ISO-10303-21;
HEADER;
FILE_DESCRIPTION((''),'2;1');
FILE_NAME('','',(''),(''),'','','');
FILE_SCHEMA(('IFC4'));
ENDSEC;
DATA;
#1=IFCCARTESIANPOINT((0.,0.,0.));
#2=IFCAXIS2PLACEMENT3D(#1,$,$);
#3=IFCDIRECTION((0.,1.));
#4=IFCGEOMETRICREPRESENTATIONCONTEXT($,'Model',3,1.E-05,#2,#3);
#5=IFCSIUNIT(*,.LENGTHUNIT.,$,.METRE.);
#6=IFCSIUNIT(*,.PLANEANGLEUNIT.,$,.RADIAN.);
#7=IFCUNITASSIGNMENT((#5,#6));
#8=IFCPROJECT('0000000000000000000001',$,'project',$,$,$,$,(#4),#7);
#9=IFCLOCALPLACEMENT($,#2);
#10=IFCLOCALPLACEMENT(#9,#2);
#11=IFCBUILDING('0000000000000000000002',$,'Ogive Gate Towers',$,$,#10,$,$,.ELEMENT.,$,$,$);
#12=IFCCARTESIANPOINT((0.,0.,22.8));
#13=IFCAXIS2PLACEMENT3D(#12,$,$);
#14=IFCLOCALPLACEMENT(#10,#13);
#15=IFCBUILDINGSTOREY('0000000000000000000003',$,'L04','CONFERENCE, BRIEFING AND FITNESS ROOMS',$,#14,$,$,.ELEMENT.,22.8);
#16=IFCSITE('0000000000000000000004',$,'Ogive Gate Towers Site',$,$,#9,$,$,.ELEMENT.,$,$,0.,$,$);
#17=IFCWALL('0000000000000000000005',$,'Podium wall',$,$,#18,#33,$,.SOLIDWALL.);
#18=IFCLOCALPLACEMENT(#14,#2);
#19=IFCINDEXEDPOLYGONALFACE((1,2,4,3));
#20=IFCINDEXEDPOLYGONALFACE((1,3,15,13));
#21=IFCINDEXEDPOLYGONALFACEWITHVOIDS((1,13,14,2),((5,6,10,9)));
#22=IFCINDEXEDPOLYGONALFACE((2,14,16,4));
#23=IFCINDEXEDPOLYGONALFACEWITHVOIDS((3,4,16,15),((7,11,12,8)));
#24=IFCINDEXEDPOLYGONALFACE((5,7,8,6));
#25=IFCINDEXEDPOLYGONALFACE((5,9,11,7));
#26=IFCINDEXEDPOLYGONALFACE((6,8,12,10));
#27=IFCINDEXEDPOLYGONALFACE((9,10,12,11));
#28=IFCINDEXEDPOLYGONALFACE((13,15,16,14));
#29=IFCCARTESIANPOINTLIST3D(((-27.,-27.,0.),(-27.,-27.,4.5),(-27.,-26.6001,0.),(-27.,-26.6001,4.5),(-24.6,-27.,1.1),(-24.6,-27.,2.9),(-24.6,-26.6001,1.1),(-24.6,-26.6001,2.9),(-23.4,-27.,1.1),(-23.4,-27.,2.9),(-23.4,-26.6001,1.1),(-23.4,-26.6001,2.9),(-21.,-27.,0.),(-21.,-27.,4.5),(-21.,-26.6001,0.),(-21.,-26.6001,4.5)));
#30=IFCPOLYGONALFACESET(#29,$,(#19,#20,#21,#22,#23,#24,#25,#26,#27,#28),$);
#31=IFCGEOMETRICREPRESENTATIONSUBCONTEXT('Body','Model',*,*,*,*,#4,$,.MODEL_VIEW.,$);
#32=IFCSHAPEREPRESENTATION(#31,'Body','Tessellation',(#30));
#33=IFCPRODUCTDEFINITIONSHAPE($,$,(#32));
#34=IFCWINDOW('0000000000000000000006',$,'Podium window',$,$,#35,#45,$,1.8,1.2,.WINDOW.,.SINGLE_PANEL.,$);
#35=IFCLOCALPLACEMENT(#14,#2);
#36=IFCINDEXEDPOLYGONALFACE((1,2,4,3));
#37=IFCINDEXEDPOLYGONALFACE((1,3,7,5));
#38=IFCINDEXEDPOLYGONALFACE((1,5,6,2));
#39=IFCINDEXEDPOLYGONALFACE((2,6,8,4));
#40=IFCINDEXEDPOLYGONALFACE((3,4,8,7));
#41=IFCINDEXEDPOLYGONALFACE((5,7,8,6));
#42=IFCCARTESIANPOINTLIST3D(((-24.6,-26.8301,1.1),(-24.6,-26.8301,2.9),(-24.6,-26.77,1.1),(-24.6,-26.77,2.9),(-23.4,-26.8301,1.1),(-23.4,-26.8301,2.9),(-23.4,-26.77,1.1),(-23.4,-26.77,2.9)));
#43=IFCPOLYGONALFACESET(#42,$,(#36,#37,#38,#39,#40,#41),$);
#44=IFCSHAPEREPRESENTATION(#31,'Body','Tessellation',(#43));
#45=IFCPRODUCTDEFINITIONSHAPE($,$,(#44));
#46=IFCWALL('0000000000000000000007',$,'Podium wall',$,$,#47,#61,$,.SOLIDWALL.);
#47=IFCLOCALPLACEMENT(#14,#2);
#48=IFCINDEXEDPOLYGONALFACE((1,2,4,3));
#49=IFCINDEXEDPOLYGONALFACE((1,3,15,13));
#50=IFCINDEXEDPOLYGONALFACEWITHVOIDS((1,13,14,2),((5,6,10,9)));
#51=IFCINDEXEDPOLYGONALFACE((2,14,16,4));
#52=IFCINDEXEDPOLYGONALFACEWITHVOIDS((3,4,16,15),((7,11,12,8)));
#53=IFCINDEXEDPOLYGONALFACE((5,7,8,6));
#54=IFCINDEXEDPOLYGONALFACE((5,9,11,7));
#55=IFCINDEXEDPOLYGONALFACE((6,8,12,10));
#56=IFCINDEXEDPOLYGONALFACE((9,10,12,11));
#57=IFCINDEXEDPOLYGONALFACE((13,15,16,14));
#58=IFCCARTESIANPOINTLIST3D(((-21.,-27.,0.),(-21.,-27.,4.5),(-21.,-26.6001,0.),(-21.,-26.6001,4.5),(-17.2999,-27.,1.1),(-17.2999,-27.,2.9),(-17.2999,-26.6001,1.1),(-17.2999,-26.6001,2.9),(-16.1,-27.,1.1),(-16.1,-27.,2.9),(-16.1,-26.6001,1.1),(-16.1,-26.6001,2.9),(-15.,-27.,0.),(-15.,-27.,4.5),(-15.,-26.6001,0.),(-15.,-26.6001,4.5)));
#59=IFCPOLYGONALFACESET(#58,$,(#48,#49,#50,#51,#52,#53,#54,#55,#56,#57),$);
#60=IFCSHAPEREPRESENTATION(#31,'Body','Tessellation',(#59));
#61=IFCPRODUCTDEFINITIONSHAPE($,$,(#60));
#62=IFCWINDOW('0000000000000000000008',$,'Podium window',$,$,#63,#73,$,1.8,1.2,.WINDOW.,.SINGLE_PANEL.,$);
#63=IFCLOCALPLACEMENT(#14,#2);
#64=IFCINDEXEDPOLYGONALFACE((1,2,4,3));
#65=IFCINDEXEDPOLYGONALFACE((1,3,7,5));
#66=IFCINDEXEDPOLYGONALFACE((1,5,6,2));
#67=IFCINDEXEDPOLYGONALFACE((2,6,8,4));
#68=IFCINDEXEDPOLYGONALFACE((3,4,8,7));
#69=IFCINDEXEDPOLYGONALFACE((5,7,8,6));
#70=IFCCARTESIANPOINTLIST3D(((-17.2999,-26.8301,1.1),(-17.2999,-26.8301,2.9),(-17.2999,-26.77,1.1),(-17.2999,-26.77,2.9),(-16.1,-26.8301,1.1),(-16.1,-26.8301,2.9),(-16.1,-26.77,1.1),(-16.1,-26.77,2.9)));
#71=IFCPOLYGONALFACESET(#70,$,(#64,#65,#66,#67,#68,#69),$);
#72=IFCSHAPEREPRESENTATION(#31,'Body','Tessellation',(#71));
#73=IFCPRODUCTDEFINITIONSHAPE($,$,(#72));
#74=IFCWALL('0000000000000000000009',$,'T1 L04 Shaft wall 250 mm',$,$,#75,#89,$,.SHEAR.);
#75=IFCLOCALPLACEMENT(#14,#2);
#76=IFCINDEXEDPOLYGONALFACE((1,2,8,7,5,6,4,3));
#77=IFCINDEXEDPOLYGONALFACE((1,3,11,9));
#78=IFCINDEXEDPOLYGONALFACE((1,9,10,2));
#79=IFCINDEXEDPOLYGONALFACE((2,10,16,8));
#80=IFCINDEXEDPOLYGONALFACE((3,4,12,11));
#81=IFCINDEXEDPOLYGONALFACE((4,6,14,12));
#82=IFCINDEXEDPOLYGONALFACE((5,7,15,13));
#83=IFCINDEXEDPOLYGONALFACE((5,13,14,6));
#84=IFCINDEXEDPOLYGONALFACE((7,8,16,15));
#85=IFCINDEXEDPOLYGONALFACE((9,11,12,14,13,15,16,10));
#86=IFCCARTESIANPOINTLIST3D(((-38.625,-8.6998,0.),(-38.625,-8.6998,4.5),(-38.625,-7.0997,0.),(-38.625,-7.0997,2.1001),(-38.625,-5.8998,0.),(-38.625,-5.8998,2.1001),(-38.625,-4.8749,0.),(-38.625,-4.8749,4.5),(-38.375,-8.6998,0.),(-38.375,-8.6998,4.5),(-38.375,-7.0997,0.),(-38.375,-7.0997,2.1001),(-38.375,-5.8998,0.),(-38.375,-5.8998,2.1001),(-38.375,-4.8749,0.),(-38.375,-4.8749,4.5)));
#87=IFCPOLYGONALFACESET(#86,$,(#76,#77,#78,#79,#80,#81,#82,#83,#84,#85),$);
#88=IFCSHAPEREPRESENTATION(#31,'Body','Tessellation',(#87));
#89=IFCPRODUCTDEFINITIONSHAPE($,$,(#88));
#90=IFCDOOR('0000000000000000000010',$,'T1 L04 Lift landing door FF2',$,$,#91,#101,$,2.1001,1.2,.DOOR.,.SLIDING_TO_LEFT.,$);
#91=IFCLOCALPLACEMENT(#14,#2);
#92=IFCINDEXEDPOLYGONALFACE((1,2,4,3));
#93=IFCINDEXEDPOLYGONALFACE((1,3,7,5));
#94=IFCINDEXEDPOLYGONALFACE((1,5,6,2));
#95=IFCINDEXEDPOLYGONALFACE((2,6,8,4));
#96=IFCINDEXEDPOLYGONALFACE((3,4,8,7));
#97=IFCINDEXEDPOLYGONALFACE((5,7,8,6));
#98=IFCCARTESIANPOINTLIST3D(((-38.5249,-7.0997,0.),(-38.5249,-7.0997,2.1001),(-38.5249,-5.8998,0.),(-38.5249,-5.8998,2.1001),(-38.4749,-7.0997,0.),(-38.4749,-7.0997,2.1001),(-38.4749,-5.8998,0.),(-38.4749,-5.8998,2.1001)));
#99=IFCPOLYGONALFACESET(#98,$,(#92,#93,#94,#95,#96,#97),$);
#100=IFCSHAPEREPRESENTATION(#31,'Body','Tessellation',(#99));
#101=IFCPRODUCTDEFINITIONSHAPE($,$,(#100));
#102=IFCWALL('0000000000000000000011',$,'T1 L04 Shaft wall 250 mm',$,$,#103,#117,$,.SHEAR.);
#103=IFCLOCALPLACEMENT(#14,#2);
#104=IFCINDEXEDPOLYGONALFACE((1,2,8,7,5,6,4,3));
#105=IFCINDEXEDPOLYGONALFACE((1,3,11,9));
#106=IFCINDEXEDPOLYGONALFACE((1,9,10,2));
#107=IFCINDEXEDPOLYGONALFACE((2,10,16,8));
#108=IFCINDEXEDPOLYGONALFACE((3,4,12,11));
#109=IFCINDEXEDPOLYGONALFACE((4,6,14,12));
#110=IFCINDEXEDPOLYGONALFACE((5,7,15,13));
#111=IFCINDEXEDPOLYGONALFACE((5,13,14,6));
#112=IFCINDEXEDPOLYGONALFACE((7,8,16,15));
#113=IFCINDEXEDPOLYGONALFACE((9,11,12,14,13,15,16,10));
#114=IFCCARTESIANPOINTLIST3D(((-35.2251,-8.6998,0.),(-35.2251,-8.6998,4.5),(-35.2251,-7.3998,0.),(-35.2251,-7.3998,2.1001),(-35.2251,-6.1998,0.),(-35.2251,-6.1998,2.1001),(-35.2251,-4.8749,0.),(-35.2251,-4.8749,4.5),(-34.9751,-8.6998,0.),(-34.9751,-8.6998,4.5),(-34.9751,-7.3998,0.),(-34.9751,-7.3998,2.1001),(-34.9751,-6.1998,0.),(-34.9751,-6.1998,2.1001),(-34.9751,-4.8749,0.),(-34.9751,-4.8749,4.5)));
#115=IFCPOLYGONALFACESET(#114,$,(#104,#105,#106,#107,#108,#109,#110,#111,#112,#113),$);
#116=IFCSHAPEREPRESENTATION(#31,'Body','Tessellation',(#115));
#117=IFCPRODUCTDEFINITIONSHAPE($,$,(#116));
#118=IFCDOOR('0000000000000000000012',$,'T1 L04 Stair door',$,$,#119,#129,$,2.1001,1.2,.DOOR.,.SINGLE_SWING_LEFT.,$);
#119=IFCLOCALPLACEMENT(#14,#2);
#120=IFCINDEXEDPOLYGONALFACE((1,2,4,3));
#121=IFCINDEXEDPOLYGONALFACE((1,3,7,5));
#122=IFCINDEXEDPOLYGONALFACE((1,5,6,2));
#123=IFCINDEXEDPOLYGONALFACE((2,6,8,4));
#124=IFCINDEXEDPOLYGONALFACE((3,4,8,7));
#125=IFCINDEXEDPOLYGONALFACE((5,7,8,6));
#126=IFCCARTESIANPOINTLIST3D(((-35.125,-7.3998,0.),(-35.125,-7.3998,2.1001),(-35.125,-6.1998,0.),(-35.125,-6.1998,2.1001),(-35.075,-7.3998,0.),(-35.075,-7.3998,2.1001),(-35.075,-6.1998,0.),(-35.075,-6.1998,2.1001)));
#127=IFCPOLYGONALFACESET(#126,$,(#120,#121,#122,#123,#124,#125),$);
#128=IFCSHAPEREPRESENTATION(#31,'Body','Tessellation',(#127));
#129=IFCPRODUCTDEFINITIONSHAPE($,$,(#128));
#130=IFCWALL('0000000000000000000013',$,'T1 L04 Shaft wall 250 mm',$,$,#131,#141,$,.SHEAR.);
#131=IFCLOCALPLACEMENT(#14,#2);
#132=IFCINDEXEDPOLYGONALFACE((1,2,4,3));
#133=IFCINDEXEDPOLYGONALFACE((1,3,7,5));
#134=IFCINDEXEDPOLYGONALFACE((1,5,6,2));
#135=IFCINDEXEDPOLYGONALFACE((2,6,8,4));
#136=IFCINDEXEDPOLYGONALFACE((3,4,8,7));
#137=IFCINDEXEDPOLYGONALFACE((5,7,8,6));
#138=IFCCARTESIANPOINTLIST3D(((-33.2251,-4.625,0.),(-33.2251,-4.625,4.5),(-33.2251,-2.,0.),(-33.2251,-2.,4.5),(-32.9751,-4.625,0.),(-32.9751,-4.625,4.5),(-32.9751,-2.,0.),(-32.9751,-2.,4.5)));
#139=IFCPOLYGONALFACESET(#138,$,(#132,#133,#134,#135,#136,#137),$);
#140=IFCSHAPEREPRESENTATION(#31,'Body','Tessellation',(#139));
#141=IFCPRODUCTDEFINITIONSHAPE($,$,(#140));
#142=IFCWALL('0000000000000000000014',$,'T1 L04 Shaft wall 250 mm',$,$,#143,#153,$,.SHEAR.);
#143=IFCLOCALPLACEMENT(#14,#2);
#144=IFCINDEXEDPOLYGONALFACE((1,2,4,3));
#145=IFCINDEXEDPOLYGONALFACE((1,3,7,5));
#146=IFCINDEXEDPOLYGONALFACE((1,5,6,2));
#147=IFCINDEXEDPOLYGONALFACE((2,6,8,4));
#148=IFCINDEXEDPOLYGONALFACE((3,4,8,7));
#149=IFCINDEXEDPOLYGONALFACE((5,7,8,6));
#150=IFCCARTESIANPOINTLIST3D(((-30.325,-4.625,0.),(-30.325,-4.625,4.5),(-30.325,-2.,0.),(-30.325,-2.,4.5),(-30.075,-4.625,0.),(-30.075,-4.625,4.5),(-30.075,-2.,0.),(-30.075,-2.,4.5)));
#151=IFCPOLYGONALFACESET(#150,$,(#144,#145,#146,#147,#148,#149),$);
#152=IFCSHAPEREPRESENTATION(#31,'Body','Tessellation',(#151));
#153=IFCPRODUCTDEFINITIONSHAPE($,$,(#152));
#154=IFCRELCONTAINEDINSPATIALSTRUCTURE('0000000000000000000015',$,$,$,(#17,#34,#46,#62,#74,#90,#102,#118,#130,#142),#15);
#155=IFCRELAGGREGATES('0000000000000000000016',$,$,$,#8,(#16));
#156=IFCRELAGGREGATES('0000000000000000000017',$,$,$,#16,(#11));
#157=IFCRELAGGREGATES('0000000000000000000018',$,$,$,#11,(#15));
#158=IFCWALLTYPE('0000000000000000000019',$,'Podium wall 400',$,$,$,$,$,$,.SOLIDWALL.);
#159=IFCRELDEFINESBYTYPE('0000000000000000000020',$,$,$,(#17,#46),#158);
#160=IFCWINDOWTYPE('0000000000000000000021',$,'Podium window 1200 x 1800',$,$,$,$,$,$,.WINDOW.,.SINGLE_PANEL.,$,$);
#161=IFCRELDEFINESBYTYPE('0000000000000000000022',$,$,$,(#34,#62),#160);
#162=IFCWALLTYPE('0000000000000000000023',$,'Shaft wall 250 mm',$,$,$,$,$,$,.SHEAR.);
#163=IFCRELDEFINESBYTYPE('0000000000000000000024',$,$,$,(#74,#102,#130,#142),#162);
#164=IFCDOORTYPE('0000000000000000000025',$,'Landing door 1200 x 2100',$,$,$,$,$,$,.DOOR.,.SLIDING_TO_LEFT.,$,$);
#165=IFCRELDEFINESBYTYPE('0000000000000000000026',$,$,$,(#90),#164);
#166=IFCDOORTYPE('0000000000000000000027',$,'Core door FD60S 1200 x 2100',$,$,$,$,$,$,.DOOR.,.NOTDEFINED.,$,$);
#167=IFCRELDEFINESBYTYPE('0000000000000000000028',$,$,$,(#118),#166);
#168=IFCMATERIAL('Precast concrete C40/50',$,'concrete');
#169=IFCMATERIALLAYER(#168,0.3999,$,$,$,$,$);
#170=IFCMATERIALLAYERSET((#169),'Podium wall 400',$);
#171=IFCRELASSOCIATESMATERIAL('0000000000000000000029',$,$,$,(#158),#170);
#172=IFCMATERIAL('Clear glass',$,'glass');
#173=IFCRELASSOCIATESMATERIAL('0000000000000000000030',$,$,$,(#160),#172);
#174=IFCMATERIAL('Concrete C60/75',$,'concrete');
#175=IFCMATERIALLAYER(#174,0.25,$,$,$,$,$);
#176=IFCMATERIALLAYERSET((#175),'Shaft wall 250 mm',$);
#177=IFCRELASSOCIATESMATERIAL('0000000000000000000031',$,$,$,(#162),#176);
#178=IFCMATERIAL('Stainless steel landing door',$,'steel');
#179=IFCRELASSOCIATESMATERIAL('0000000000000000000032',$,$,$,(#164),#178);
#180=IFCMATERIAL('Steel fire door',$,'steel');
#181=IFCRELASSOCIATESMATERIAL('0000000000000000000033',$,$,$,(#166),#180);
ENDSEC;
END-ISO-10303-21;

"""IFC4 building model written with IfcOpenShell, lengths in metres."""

from ifc_helpers import new_model, si_unit, direction, frame, frame_2d, origin, place, context, subcontext, project, spatial, rectangle, extrude, material, layer, layer_set, type_object, element, fill, save


model = new_model("IFC4")

# Units and contexts
model_context = context("Model", 3, precision=1e-05, world=origin(), true_north=direction((0.0, 1.0)))
body_context = subcontext(model_context, "Body", "Model", "MODEL_VIEW")
ifc_project = project(units=[si_unit("LENGTHUNIT", "METRE"), si_unit("PLANEANGLEUNIT", "RADIAN")], contexts=[model_context])

# Site, building, storey
site_placement = place(None, origin())
site = spatial("IfcSite", under=ifc_project, at=site_placement, Name="Ogive Gate Towers Site", CompositionType="ELEMENT", RefElevation=0.0)
building_placement = place(site_placement, origin())
building = spatial("IfcBuilding", under=site, at=building_placement, Name="Ogive Gate Towers", CompositionType="ELEMENT")
storey_placement = place(building_placement, frame((0.0, 0.0, 22.8)))
storey = spatial("IfcBuildingStorey", under=building, at=storey_placement, Name="L04", Description="CONFERENCE, BRIEFING AND FITNESS ROOMS", CompositionType="ELEMENT", Elevation=22.8)

# Shared definitions
ifc_material_1 = material(Name="Concrete C60/75", Category="concrete")
ifc_material_2 = material(Name="Steel fire door", Category="steel")

# Walls, openings, windows
ifc_material_3 = material(Name="Precast concrete C40/50", Category="concrete")
ifc_layer_1 = layer(ifc_material_3, 0.3999)
ifc_layer_set_1 = layer_set([ifc_layer_1], Name="Podium wall 400")
wall_type_1 = type_object("IfcWallType", Name="Podium wall 400", PredefinedType="SOLIDWALL", material=ifc_layer_set_1)
ifc_material_4 = material(Name="Clear glass", Category="glass")
window_type = type_object("IfcWindowType", Name="Podium window 1200 x 1800", PartitioningType="SINGLE_PANEL", PredefinedType="WINDOW", material=ifc_material_4)
wall_1_placement = place(storey_placement, frame((-27.0, -26.8, 0.0), z_axis=(0.0, 0.0, 1.0), x_axis=(1.0, 0.0, 0.0)))
wall_1 = element("IfcWall", 1, at=wall_1_placement, inside=storey, type_object=wall_type_1, Name="Podium wall", PredefinedType="SOLIDWALL", context=body_context, shape_type="SweptSolid", body=[
    extrude(rectangle(XDim=6.0, YDim=0.3999, at=frame_2d((3.0, 0.0))), origin(), (0.0, 0.0, 1.0), 4.5),
])
opening_1_placement = place(wall_1_placement, frame((2.3999, 0.0, 1.1001)))
opening_1 = element("IfcOpeningElement", 2, at=opening_1_placement, cuts=wall_1, PredefinedType="OPENING", context=body_context, shape_type="SweptSolid", body=[
    extrude(rectangle(XDim=1.2, YDim=1.8, at=frame_2d((0.6001, 0.8999))), frame((0.0, 0.21, 0.0), z_axis=(0.0, -1.0, 0.0), x_axis=(1.0, 0.0, 0.0)), (0.0, 0.0, 1.0), 0.4199),
])
window_1_placement = place(opening_1_placement, origin())
window_1 = element("IfcWindow", 3, at=window_1_placement, inside=storey, type_object=window_type, Name="Podium window", OverallHeight=1.8, OverallWidth=1.2, PartitioningType="SINGLE_PANEL", PredefinedType="WINDOW", context=body_context, shape_type="SweptSolid", body=[
    extrude(rectangle(XDim=1.2, YDim=1.8, at=frame_2d((0.6001, 0.8999))), frame((0.0, 0.03, 0.0), z_axis=(0.0, -1.0, 0.0), x_axis=(1.0, 0.0, 0.0)), (0.0, 0.0, 1.0), 0.0601),
])
fill(opening_1, window_1)
wall_2_placement = place(storey_placement, frame((-21.0, -26.8, 0.0), z_axis=(0.0, 0.0, 1.0), x_axis=(1.0, 0.0, 0.0)))
wall_2 = element("IfcWall", 4, at=wall_2_placement, inside=storey, type_object=wall_type_1, Name="Podium wall", PredefinedType="SOLIDWALL", context=body_context, shape_type="SweptSolid", body=[
    extrude(rectangle(XDim=6.0, YDim=0.3999, at=frame_2d((3.0, 0.0))), origin(), (0.0, 0.0, 1.0), 4.5),
])
opening_2_placement = place(wall_2_placement, frame((3.7, 0.0, 1.1001)))
opening_2 = element("IfcOpeningElement", 5, at=opening_2_placement, cuts=wall_2, PredefinedType="OPENING", context=body_context, shape_type="SweptSolid", body=[
    extrude(rectangle(XDim=1.2, YDim=1.8, at=frame_2d((0.6001, 0.8999))), frame((0.0, 0.21, 0.0), z_axis=(0.0, -1.0, 0.0), x_axis=(1.0, 0.0, 0.0)), (0.0, 0.0, 1.0), 0.4199),
])
window_2_placement = place(opening_2_placement, origin())
window_2 = element("IfcWindow", 6, at=window_2_placement, inside=storey, type_object=window_type, Name="Podium window", OverallHeight=1.8, OverallWidth=1.2, PartitioningType="SINGLE_PANEL", PredefinedType="WINDOW", context=body_context, shape_type="SweptSolid", body=[
    extrude(rectangle(XDim=1.2, YDim=1.8, at=frame_2d((0.6001, 0.8999))), frame((0.0, 0.03, 0.0), z_axis=(0.0, -1.0, 0.0), x_axis=(1.0, 0.0, 0.0)), (0.0, 0.0, 1.0), 0.0601),
])
fill(opening_2, window_2)

# Walls, openings, doors
ifc_layer_2 = layer(ifc_material_1, 0.25)
ifc_layer_set_2 = layer_set([ifc_layer_2], Name="Shaft wall 250 mm")
wall_type_2 = type_object("IfcWallType", Name="Shaft wall 250 mm", PredefinedType="SHEAR", material=ifc_layer_set_2)
wall_3_placement = place(storey_placement, frame((-38.5, -8.7, 0.0), z_axis=(0.0, 0.0, 1.0), x_axis=(0.0, 1.0, 0.0)))
wall_3 = element("IfcWall", 7, at=wall_3_placement, inside=storey, type_object=wall_type_2, Name="T1 L04 Shaft wall 250 mm", PredefinedType="SHEAR", context=body_context, shape_type="SweptSolid", body=[
    extrude(rectangle(XDim=3.825, YDim=0.25, at=frame_2d((1.9126, 0.0))), origin(), (0.0, 0.0, 1.0), 4.5),
])
opening_3_placement = place(wall_3_placement, frame((1.6001, 0.0, 0.0)))
opening_3 = element("IfcOpeningElement", 8, at=opening_3_placement, cuts=wall_3, PredefinedType="OPENING", context=body_context, shape_type="SweptSolid", body=[
    extrude(rectangle(XDim=1.2, YDim=2.1001, at=frame_2d((0.6001, 1.05))), frame((0.0, 0.135, 0.0), z_axis=(0.0, -1.0, 0.0), x_axis=(1.0, 0.0, 0.0)), (0.0, 0.0, 1.0), 0.27),
])
ifc_material_5 = material(Name="Stainless steel landing door", Category="steel")
door_type_1 = type_object("IfcDoorType", Name="Landing door 1200 x 2100", OperationType="SLIDING_TO_LEFT", PredefinedType="DOOR", material=ifc_material_5)
door_1_placement = place(opening_3_placement, origin())
door_1 = element("IfcDoor", 9, at=door_1_placement, inside=storey, type_object=door_type_1, Name="T1 L04 Lift landing door FF2", OperationType="SLIDING_TO_LEFT", OverallHeight=2.1001, OverallWidth=1.2, PredefinedType="DOOR", context=body_context, shape_type="SweptSolid", body=[
    extrude(rectangle(XDim=1.2, YDim=2.1001, at=frame_2d((0.6001, 1.05))), frame((0.0, 0.0249, 0.0), z_axis=(0.0, -1.0, 0.0), x_axis=(1.0, 0.0, 0.0)), (0.0, 0.0, 1.0), 0.05),
])
fill(opening_3, door_1)
wall_4_placement = place(storey_placement, frame((-35.1001, -8.7, 0.0), z_axis=(0.0, 0.0, 1.0), x_axis=(0.0, 1.0, 0.0)))
wall_4 = element("IfcWall", 10, at=wall_4_placement, inside=storey, type_object=wall_type_2, Name="T1 L04 Shaft wall 250 mm", PredefinedType="SHEAR", context=body_context, shape_type="SweptSolid", body=[
    extrude(rectangle(XDim=3.825, YDim=0.25, at=frame_2d((1.9126, 0.0))), origin(), (0.0, 0.0, 1.0), 4.5),
])
opening_4_placement = place(wall_4_placement, frame((1.3, 0.0, 0.0)))
opening_4 = element("IfcOpeningElement", 11, at=opening_4_placement, cuts=wall_4, PredefinedType="OPENING", context=body_context, shape_type="SweptSolid", body=[
    extrude(rectangle(XDim=1.2, YDim=2.1001, at=frame_2d((0.6001, 1.05))), frame((0.0, 0.135, 0.0), z_axis=(0.0, -1.0, 0.0), x_axis=(1.0, 0.0, 0.0)), (0.0, 0.0, 1.0), 0.27),
])
door_type_2 = type_object("IfcDoorType", Name="Core door FD60S 1200 x 2100", OperationType="NOTDEFINED", PredefinedType="DOOR", material=ifc_material_2)
door_2_placement = place(opening_4_placement, origin())
door_2 = element("IfcDoor", 12, at=door_2_placement, inside=storey, type_object=door_type_2, Name="T1 L04 Stair door", OperationType="SINGLE_SWING_LEFT", OverallHeight=2.1001, OverallWidth=1.2, PredefinedType="DOOR", context=body_context, shape_type="SweptSolid", body=[
    extrude(rectangle(XDim=1.2, YDim=2.1001, at=frame_2d((0.6001, 1.05))), frame((0.0, 0.0249, 0.0), z_axis=(0.0, -1.0, 0.0), x_axis=(1.0, 0.0, 0.0)), (0.0, 0.0, 1.0), 0.05),
])
fill(opening_4, door_2)

# Walls
for number, where, z_axis, x_axis, name in (
    (13, (-33.1001, -4.625, 0.0), (0.0, 0.0, 1.0), (0.0, 1.0, 0.0), "T1 L04 Shaft wall 250 mm"),
    (14, (-30.2, -4.625, 0.0), (0.0, 0.0, 1.0), (0.0, 1.0, 0.0), "T1 L04 Shaft wall 250 mm"),
):
    element("IfcWall", number, at=place(storey_placement, frame(where, z_axis=z_axis, x_axis=x_axis)), inside=storey, type_object=wall_type_2, Name=name, PredefinedType="SHEAR", context=body_context, shape_type="SweptSolid", body=[
        extrude(rectangle(XDim=2.625, YDim=0.25, at=frame_2d((1.3125, 0.0))), origin(), (0.0, 0.0, 1.0), 4.5),
    ])

save(model, "model.ifc")
